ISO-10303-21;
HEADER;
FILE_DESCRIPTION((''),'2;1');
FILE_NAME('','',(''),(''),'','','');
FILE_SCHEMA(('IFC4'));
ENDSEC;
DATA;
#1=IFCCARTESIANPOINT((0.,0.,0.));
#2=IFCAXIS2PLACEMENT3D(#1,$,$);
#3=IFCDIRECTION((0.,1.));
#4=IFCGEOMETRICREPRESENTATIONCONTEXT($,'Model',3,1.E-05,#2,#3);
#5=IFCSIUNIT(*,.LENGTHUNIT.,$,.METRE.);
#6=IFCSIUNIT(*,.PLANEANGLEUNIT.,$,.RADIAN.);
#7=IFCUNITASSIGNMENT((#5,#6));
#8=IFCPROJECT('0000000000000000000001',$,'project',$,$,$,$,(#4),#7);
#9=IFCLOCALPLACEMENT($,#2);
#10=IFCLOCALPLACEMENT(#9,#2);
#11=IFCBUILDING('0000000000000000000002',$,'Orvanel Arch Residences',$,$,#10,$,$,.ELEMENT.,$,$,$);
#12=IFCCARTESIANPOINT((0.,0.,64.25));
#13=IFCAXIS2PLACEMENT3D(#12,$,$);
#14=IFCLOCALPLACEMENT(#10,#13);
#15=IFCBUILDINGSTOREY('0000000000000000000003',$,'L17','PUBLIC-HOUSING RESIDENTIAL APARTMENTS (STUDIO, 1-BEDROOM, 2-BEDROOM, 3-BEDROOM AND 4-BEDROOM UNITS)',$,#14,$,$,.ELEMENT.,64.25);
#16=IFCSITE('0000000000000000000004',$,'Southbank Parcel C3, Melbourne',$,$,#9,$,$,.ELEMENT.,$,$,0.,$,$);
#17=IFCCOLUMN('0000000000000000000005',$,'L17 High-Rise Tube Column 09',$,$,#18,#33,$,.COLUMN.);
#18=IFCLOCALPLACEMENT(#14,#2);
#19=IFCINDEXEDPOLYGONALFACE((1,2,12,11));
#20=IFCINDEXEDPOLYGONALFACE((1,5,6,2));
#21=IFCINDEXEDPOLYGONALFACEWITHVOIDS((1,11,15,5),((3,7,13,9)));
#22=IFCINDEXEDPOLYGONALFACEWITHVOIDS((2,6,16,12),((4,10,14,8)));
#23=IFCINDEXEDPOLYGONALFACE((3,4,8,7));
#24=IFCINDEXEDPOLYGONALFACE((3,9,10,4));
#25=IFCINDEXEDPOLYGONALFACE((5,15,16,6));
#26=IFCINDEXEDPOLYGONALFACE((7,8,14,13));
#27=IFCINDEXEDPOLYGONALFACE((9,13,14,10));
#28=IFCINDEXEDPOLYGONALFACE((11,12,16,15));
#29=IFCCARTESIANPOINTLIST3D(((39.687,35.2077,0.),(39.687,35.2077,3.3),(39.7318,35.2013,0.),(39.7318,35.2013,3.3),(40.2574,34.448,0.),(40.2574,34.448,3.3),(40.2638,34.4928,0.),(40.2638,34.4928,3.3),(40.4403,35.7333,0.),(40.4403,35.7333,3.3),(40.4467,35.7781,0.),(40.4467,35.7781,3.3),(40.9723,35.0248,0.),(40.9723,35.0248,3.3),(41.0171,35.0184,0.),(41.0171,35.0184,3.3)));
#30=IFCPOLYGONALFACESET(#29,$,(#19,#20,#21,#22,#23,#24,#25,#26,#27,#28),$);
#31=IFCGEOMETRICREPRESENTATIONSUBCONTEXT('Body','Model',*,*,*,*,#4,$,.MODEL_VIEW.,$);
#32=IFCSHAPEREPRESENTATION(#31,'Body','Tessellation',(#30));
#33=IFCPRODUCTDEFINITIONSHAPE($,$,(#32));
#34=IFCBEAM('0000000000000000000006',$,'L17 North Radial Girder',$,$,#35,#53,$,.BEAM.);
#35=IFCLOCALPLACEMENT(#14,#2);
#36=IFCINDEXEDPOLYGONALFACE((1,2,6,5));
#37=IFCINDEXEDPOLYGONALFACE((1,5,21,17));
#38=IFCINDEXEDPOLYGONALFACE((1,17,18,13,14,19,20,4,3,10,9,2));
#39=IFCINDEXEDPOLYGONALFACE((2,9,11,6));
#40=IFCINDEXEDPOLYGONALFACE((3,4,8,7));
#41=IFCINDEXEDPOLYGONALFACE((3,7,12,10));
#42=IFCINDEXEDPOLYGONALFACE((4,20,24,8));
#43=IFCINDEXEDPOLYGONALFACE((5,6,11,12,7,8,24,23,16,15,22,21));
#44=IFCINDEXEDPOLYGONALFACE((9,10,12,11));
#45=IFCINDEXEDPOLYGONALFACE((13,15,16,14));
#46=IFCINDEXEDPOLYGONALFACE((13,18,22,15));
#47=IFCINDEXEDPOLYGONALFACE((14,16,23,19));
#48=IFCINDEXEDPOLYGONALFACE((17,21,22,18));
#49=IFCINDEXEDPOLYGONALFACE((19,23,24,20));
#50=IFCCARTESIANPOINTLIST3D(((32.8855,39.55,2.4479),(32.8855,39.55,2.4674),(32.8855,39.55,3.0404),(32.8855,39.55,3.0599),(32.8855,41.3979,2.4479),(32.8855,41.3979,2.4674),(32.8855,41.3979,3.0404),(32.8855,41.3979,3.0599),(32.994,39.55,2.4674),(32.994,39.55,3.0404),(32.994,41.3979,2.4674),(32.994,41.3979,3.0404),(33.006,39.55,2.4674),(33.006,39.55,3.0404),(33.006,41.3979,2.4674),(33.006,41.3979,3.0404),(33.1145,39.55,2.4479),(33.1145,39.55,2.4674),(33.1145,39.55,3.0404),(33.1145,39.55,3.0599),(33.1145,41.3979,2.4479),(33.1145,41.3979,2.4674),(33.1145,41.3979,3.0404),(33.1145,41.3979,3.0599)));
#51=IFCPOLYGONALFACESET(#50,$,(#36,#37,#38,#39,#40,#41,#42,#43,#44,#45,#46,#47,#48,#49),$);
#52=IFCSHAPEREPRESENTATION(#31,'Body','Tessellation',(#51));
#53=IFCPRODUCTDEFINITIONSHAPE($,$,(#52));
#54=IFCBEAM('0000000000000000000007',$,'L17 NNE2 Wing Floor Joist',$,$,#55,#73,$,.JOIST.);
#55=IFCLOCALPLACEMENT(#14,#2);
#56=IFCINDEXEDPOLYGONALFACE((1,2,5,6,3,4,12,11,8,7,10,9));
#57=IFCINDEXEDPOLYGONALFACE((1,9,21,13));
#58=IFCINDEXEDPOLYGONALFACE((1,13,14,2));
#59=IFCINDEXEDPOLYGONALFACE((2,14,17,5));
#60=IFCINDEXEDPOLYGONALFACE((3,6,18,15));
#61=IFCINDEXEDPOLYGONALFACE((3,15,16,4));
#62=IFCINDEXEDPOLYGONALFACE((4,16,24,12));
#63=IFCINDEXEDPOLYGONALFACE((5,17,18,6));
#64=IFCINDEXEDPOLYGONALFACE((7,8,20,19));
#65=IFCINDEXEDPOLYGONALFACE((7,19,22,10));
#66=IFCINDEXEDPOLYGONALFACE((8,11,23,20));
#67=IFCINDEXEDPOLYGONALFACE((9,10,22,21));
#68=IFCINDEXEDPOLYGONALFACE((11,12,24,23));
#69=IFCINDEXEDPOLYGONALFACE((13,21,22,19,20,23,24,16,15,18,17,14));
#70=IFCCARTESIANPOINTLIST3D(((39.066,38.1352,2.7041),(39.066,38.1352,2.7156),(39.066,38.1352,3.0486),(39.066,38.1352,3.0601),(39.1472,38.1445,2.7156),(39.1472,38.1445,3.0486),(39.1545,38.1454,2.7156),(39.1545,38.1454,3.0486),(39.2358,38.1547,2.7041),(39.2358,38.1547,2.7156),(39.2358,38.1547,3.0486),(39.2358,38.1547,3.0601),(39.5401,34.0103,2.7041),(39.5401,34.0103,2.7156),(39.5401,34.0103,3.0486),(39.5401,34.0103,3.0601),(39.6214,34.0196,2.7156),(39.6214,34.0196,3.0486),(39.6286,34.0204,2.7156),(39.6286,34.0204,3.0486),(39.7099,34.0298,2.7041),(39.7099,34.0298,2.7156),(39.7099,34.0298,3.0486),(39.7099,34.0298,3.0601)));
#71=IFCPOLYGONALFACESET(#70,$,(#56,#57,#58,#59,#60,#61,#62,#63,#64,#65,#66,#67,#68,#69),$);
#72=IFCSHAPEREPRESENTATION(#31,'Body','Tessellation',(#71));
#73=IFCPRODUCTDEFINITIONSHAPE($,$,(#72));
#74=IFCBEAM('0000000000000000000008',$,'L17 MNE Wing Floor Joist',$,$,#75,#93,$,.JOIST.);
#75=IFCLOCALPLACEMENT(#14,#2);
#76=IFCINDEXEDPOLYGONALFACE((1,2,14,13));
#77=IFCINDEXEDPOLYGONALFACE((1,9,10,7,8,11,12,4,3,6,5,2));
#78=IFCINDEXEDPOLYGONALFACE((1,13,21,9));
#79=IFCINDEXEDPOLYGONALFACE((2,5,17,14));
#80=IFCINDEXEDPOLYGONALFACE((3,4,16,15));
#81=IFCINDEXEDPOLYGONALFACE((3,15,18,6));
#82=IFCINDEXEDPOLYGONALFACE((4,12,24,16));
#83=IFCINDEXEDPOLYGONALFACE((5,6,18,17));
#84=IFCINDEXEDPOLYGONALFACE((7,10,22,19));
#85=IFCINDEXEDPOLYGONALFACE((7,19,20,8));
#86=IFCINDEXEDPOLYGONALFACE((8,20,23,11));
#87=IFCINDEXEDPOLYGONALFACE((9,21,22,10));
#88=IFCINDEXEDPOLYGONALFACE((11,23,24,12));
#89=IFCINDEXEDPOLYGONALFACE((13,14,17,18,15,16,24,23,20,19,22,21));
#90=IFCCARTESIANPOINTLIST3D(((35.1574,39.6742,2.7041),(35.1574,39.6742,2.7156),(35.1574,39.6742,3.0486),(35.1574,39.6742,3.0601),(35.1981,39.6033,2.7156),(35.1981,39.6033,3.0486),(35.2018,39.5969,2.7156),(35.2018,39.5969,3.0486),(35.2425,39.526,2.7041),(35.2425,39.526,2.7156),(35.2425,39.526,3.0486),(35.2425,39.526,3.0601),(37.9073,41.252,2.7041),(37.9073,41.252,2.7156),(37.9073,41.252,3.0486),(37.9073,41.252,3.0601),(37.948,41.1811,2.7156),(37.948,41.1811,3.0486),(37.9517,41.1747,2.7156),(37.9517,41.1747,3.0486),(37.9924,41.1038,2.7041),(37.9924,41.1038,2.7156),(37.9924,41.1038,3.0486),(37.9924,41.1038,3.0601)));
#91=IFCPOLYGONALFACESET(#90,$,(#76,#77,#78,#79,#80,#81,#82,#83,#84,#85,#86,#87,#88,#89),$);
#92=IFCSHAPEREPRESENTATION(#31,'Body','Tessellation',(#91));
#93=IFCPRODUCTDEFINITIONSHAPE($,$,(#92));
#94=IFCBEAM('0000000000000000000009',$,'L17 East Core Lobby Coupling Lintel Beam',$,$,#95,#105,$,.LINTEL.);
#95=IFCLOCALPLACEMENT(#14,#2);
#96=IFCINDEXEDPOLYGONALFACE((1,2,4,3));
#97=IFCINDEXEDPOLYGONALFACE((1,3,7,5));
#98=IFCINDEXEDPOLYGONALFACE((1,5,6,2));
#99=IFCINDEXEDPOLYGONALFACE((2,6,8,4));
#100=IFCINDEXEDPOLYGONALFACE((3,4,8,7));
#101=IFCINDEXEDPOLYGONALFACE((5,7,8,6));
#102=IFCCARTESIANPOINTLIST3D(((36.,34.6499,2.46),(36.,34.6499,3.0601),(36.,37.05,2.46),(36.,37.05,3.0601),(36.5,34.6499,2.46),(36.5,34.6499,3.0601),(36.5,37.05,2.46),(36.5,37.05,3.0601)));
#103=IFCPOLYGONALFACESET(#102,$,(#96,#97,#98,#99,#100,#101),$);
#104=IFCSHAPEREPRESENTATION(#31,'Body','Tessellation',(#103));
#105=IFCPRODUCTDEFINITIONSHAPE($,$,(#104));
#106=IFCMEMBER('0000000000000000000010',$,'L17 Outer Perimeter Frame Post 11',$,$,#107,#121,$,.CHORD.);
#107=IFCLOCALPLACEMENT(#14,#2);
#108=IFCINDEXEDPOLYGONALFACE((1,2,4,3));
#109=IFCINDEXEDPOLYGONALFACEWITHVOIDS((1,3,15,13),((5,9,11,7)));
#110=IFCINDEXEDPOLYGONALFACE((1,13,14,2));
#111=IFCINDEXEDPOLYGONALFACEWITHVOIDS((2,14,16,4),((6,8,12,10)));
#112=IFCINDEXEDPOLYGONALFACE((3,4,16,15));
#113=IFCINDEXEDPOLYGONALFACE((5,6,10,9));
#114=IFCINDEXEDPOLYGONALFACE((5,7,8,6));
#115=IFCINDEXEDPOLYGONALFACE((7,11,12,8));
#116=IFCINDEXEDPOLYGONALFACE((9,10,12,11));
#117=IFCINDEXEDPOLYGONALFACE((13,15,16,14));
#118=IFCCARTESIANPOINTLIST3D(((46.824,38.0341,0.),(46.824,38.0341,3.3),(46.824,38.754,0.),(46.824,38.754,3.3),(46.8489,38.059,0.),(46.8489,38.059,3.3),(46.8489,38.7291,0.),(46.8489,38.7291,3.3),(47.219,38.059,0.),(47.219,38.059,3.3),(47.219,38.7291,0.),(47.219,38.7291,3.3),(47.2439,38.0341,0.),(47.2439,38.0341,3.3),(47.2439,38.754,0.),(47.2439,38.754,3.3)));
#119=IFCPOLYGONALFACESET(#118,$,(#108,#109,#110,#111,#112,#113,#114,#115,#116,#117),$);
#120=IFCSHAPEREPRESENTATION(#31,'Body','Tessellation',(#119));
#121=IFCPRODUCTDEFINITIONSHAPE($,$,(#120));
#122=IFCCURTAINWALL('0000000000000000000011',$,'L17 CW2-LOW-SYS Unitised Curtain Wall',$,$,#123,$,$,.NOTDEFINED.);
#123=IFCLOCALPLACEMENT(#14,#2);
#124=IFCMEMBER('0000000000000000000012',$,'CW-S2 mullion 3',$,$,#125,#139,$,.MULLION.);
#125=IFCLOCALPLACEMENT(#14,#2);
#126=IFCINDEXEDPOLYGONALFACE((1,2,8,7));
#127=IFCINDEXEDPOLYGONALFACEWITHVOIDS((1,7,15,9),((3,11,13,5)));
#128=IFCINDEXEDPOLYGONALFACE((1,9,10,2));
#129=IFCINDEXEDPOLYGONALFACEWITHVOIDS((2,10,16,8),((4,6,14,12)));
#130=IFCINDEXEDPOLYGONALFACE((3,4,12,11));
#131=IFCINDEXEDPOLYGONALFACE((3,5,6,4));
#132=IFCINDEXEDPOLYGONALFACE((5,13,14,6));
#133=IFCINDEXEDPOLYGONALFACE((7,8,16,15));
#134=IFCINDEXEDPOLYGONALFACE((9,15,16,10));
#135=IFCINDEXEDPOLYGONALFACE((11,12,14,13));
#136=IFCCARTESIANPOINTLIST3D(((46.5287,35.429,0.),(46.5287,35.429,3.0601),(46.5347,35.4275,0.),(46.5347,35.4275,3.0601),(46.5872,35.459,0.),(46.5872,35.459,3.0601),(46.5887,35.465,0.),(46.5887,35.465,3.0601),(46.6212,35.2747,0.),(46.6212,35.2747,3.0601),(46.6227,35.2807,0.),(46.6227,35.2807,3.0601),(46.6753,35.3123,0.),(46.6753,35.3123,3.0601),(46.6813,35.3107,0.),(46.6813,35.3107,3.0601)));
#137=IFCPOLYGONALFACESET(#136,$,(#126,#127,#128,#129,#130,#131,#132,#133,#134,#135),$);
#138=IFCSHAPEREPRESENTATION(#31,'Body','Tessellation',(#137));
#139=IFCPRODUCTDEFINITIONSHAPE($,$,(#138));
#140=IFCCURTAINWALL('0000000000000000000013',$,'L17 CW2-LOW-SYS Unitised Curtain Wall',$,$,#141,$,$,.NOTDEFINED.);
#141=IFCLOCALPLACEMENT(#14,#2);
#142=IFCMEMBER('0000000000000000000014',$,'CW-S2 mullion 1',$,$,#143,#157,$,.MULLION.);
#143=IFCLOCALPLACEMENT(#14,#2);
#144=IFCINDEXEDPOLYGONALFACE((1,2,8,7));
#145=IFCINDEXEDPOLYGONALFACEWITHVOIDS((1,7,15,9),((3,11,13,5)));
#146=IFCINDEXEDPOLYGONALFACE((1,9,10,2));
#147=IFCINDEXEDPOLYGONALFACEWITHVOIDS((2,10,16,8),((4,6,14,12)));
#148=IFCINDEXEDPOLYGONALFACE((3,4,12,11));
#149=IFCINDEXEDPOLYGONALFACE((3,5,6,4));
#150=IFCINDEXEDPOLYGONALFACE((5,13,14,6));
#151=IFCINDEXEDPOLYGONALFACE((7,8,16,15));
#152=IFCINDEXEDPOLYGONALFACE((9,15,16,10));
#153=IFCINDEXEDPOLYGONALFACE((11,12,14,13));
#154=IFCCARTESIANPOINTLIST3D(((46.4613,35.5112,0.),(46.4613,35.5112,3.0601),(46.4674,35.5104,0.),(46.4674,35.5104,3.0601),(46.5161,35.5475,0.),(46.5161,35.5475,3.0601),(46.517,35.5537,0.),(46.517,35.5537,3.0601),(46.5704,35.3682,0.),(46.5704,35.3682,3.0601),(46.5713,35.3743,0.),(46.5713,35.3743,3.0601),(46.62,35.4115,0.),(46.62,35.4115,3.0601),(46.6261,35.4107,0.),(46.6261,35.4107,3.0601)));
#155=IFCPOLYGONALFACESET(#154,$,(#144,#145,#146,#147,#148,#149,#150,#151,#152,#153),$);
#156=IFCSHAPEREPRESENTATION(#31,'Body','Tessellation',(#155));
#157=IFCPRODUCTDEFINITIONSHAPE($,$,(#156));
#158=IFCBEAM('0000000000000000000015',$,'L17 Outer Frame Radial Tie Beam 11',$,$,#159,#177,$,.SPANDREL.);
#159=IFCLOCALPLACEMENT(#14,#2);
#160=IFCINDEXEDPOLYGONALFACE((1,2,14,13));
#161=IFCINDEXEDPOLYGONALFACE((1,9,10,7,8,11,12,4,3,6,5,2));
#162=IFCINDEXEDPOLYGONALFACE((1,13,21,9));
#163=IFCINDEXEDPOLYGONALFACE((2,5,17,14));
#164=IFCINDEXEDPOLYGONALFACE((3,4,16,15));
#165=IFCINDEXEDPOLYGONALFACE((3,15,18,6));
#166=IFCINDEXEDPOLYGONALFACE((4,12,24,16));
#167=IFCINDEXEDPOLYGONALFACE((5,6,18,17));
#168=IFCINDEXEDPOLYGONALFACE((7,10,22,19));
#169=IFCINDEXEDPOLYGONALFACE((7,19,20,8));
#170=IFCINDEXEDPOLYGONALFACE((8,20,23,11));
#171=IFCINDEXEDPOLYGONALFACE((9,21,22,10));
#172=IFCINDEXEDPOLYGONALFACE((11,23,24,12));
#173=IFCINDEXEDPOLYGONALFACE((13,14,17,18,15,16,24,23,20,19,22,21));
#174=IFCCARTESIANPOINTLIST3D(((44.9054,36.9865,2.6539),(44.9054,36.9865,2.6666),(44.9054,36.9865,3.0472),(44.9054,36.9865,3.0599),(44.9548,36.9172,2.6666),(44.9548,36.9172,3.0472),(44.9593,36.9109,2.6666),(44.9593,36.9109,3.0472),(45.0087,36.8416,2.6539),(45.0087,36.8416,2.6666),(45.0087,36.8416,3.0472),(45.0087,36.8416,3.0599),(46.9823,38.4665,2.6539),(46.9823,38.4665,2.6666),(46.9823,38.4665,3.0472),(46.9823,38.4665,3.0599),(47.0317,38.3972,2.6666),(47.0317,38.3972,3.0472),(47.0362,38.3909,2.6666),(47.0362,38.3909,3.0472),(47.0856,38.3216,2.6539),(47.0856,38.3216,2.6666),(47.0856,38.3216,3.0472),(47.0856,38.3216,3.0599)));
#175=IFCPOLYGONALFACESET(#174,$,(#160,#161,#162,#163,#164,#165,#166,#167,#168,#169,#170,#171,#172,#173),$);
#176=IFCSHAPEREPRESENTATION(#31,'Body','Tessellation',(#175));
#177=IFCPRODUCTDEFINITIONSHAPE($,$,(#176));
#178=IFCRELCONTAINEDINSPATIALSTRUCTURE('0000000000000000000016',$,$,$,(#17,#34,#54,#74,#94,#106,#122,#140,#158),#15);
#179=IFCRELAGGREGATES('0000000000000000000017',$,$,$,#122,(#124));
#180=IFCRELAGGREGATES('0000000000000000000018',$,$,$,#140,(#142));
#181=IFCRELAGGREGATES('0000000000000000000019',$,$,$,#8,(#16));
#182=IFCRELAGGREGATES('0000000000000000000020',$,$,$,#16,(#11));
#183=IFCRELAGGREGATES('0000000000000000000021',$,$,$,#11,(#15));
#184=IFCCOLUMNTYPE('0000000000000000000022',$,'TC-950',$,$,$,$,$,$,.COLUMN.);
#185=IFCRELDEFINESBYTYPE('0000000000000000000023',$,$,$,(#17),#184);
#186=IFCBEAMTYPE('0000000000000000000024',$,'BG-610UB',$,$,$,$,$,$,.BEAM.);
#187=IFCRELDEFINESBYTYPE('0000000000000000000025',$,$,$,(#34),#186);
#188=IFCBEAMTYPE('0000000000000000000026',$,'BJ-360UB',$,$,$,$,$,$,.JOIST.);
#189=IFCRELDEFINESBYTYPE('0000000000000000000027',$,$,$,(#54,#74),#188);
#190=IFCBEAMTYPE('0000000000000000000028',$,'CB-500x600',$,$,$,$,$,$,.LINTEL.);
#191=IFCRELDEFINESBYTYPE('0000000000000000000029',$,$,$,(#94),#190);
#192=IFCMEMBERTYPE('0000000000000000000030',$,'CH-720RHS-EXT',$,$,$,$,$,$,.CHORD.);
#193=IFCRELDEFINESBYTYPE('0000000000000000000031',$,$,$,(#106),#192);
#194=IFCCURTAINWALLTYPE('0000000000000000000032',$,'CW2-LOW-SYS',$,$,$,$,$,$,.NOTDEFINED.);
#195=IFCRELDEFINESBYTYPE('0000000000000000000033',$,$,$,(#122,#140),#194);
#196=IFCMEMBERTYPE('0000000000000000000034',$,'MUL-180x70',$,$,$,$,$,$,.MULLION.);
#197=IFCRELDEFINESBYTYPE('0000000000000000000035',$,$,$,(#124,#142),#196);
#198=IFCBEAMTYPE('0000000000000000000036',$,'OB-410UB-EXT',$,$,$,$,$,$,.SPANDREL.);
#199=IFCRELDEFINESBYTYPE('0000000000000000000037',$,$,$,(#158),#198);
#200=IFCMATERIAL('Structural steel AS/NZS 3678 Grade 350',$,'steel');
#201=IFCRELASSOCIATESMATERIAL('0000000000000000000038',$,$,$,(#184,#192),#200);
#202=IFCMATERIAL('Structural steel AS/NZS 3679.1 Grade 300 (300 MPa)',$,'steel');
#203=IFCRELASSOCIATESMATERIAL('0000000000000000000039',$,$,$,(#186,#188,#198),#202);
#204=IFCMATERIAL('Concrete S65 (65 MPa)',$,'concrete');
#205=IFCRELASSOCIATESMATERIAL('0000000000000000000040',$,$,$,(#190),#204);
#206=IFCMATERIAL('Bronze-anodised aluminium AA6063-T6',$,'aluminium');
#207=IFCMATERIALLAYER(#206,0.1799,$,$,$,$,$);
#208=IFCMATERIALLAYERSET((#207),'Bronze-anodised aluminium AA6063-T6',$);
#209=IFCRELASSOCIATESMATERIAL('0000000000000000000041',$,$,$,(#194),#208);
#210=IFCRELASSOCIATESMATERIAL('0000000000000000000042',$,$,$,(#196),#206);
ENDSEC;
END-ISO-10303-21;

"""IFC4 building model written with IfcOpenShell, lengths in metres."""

from ifc_helpers import new_model, si_unit, direction, frame, origin, origin_2d, place, context, subcontext, project, spatial, rectangle, hollow_rectangle, i_section, extrude, material, layer, layer_set, material_profile, profile_set, type_object, element, aggregate, save


model = new_model("IFC4")

# Units and contexts
model_context = context("Model", 3, precision=1e-05, world=origin(), true_north=direction((0.0, 1.0)))
body_context = subcontext(model_context, "Body", "Model", "MODEL_VIEW")
ifc_project = project(units=[si_unit("LENGTHUNIT", "METRE"), si_unit("PLANEANGLEUNIT", "RADIAN")], contexts=[model_context])

# Site, building, storey
site_placement = place(None, origin())
site = spatial("IfcSite", under=ifc_project, at=site_placement, Name="Southbank Parcel C3, Melbourne", CompositionType="ELEMENT", RefElevation=0.0)
building_placement = place(site_placement, origin())
building = spatial("IfcBuilding", under=site, at=building_placement, Name="Orvanel Arch Residences", CompositionType="ELEMENT")
storey_placement = place(building_placement, frame((0.0, 0.0, 64.25)))
storey = spatial("IfcBuildingStorey", under=building, at=storey_placement, Name="L17", Description="PUBLIC-HOUSING RESIDENTIAL APARTMENTS (STUDIO, 1-BEDROOM, 2-BEDROOM, 3-BEDROOM AND 4-BEDROOM UNITS)", CompositionType="ELEMENT", Elevation=64.25)

# Column
ifc_material_1 = material(Name="Structural steel AS/NZS 3678 Grade 350", Category="steel")
ifc_material_profile_1 = material_profile(ifc_material_1, hollow_rectangle(XDim=0.95, YDim=0.95, WallThickness=0.032, at=origin_2d()), Name="BOX950x950x32")
ifc_profile_set_1 = profile_set([ifc_material_profile_1], Name="Structural steel AS/NZS 3678 Grade 350")
column_type = type_object("IfcColumnType", Name="TC-950", PredefinedType="COLUMN", material=ifc_profile_set_1)
column_placement = place(storey_placement, frame((40.3521, 35.113, 0.0), z_axis=(0.0, 0.0, 1.0), x_axis=(-0.60042, 0.799685, 0.0)))
element("IfcColumn", 1, at=column_placement, inside=storey, type_object=column_type, Name="L17 High-Rise Tube Column 09", PredefinedType="COLUMN", context=body_context, shape_type="SweptSolid", body=[
    extrude(hollow_rectangle(XDim=0.95, YDim=0.95, WallThickness=0.032, at=origin_2d()), origin(), (0.0, 0.0, 1.0), 3.3),
])

# Beams
ifc_material_2 = material(Name="Structural steel AS/NZS 3679.1 Grade 300 (300 MPa)", Category="steel")
ifc_material_profile_2 = material_profile(ifc_material_2, i_section(OverallWidth=0.229, OverallDepth=0.6121, WebThickness=0.012, FlangeThickness=0.0195, at=origin_2d()), Name="610UB125")
ifc_profile_set_2 = profile_set([ifc_material_profile_2], Name="Structural steel AS/NZS 3679.1 Grade 300 (300 MPa)")
beam_type_1 = type_object("IfcBeamType", Name="BG-610UB", PredefinedType="BEAM", material=ifc_profile_set_2)
beam_1_placement = place(storey_placement, frame((33.0, 39.55, 2.7539), z_axis=(0.0, 1.0, 0.0), x_axis=(-1.0, 0.0, 0.0)))
element("IfcBeam", 2, at=beam_1_placement, inside=storey, type_object=beam_type_1, Name="L17 North Radial Girder", PredefinedType="BEAM", context=body_context, shape_type="SweptSolid", body=[
    extrude(i_section(OverallWidth=0.229, OverallDepth=0.6121, WebThickness=0.012, FlangeThickness=0.0195, at=origin_2d()), origin(), (0.0, 0.0, 1.0), 1.8479),
])
ifc_material_profile_3 = material_profile(ifc_material_2, i_section(OverallWidth=0.1709, OverallDepth=0.356, WebThickness=0.0073, FlangeThickness=0.0115, at=origin_2d()), Name="360UB50.7")
ifc_profile_set_3 = profile_set([ifc_material_profile_3], Name="Structural steel AS/NZS 3679.1 Grade 300 (300 MPa)")
beam_type_2 = type_object("IfcBeamType", Name="BJ-360UB", PredefinedType="JOIST", material=ifc_profile_set_3)
beam_2_placement = place(storey_placement, frame((39.625, 34.02, 2.8821), z_axis=(-0.114187, 0.993459, 0.0), x_axis=(-0.993459, -0.114187, 0.0)))
element("IfcBeam", 3, at=beam_2_placement, inside=storey, type_object=beam_type_2, Name="L17 NNE2 Wing Floor Joist", PredefinedType="JOIST", context=body_context, shape_type="SweptSolid", body=[
    extrude(i_section(OverallWidth=0.1709, OverallDepth=0.356, WebThickness=0.0073, FlangeThickness=0.0115, at=origin_2d()), origin(), (0.0, 0.0, 1.0), 4.1521),
])
beam_3_placement = place(storey_placement, frame((35.2, 39.6001, 2.8821), z_axis=(0.867365, 0.497672, 0.0), x_axis=(-0.497672, 0.867365, 0.0)))
element("IfcBeam", 4, at=beam_3_placement, inside=storey, type_object=beam_type_2, Name="L17 MNE Wing Floor Joist", PredefinedType="JOIST", context=body_context, shape_type="SweptSolid", body=[
    extrude(i_section(OverallWidth=0.1709, OverallDepth=0.356, WebThickness=0.0073, FlangeThickness=0.0115, at=origin_2d()), origin(), (0.0, 0.0, 1.0), 3.1704),
])
ifc_material_3 = material(Name="Concrete S65 (65 MPa)", Category="concrete")
ifc_material_profile_4 = material_profile(ifc_material_3, rectangle(XDim=0.5, YDim=0.6001, at=origin_2d()), Name="RC500x600")
ifc_profile_set_4 = profile_set([ifc_material_profile_4], Name="Concrete S65 (65 MPa)")
beam_type_3 = type_object("IfcBeamType", Name="CB-500x600", PredefinedType="LINTEL", material=ifc_profile_set_4)
beam_4_placement = place(storey_placement, frame((36.25, 34.6499, 2.76), z_axis=(0.0, 1.0, 0.0), x_axis=(-1.0, 0.0, 0.0)))
element("IfcBeam", 5, at=beam_4_placement, inside=storey, type_object=beam_type_3, Name="L17 East Core Lobby Coupling Lintel Beam", PredefinedType="LINTEL", context=body_context, shape_type="SweptSolid", body=[
    extrude(rectangle(XDim=0.5, YDim=0.6001, at=origin_2d()), origin(), (0.0, 0.0, 1.0), 2.4001),
])

# Member
ifc_material_profile_5 = material_profile(ifc_material_1, hollow_rectangle(XDim=0.4199, YDim=0.72, WallThickness=0.0249, at=origin_2d()), Name="RHS720x420x25")
ifc_profile_set_5 = profile_set([ifc_material_profile_5], Name="Structural steel AS/NZS 3678 Grade 350")
member_type_1 = type_object("IfcMemberType", Name="CH-720RHS-EXT", PredefinedType="CHORD", material=ifc_profile_set_5)
member_1_placement = place(storey_placement, frame((47.0339, 38.394, 0.0), z_axis=(0.0, 0.0, 1.0), x_axis=(1.0, 0.0, 0.0)))
element("IfcMember", 6, at=member_1_placement, inside=storey, type_object=member_type_1, Name="L17 Outer Perimeter Frame Post 11", PredefinedType="CHORD", context=body_context, shape_type="SweptSolid", body=[
    extrude(hollow_rectangle(XDim=0.4199, YDim=0.72, WallThickness=0.0249, at=origin_2d()), origin(), (0.0, 0.0, 1.0), 3.3),
])

# Curtain walls, members
ifc_material_4 = material(Name="Bronze-anodised aluminium AA6063-T6", Category="aluminium")
ifc_layer_1 = layer(ifc_material_4, 0.1799)
ifc_layer_set_1 = layer_set([ifc_layer_1], Name="Bronze-anodised aluminium AA6063-T6")
curtain_wall_type = type_object("IfcCurtainWallType", Name="CW2-LOW-SYS", PredefinedType="NOTDEFINED", material=ifc_layer_set_1)
curtain_wall_1_placement = place(storey_placement, origin())
curtain_wall_1 = element("IfcCurtainWall", 7, at=curtain_wall_1_placement, inside=storey, type_object=curtain_wall_type, Name="L17 CW2-LOW-SYS Unitised Curtain Wall", PredefinedType="NOTDEFINED")
ifc_material_profile_6 = material_profile(ifc_material_4, hollow_rectangle(XDim=0.0701, YDim=0.1799, WallThickness=0.0044, at=origin_2d()), Name="ALU180x70x4.5")
ifc_profile_set_6 = profile_set([ifc_material_profile_6], Name="Bronze-anodised aluminium AA6063-T6")
member_type_2 = type_object("IfcMemberType", Name="MUL-180x70", PredefinedType="MULLION", material=ifc_profile_set_6)
member_2_placement = place(storey_placement, frame((46.605, 35.3699, 0.0), z_axis=(0.0, 0.0, 1.0), x_axis=(-0.85755, -0.514401, 0.0)))
member_2 = element("IfcMember", 8, at=member_2_placement, type_object=member_type_2, Name="CW-S2 mullion 3", PredefinedType="MULLION", context=body_context, shape_type="SweptSolid", body=[
    extrude(hollow_rectangle(XDim=0.0701, YDim=0.1799, WallThickness=0.0044, at=origin_2d()), origin(), (0.0, 0.0, 1.0), 3.0601),
])
aggregate(curtain_wall_1, [member_2])
curtain_wall_2_placement = place(storey_placement, origin())
curtain_wall_2 = element("IfcCurtainWall", 9, at=curtain_wall_2_placement, inside=storey, type_object=curtain_wall_type, Name="L17 CW2-LOW-SYS Unitised Curtain Wall", PredefinedType="NOTDEFINED")
member_3_placement = place(storey_placement, frame((46.5437, 35.4609, 0.0), z_axis=(0.0, 0.0, 1.0), x_axis=(-0.794898, -0.606743, 0.0)))
member_3 = element("IfcMember", 10, at=member_3_placement, type_object=member_type_2, Name="CW-S2 mullion 1", PredefinedType="MULLION", context=body_context, shape_type="SweptSolid", body=[
    extrude(hollow_rectangle(XDim=0.0701, YDim=0.1799, WallThickness=0.0044, at=origin_2d()), origin(), (0.0, 0.0, 1.0), 3.0601),
])

# Beam
ifc_material_profile_7 = material_profile(ifc_material_2, i_section(OverallWidth=0.178, OverallDepth=0.406, WebThickness=0.0078, FlangeThickness=0.0127, at=origin_2d()), Name="410UB59.7")
ifc_profile_set_7 = profile_set([ifc_material_profile_7], Name="Structural steel AS/NZS 3679.1 Grade 300 (300 MPa)")
beam_type_4 = type_object("IfcBeamType", Name="OB-410UB-EXT", PredefinedType="SPANDREL", material=ifc_profile_set_7)
beam_5_placement = place(storey_placement, frame((44.957, 36.9141, 2.8569), z_axis=(0.814386, 0.580323, 0.0), x_axis=(-0.580323, 0.814386, 0.0)))
element("IfcBeam", 11, at=beam_5_placement, inside=storey, type_object=beam_type_4, Name="L17 Outer Frame Radial Tie Beam 11", PredefinedType="SPANDREL", context=body_context, shape_type="SweptSolid", body=[
    extrude(i_section(OverallWidth=0.178, OverallDepth=0.406, WebThickness=0.0078, FlangeThickness=0.0127, at=origin_2d()), origin(), (0.0, 0.0, 1.0), 2.5503),
])

aggregate(curtain_wall_2, [member_3])

save(model, "model.ifc")
